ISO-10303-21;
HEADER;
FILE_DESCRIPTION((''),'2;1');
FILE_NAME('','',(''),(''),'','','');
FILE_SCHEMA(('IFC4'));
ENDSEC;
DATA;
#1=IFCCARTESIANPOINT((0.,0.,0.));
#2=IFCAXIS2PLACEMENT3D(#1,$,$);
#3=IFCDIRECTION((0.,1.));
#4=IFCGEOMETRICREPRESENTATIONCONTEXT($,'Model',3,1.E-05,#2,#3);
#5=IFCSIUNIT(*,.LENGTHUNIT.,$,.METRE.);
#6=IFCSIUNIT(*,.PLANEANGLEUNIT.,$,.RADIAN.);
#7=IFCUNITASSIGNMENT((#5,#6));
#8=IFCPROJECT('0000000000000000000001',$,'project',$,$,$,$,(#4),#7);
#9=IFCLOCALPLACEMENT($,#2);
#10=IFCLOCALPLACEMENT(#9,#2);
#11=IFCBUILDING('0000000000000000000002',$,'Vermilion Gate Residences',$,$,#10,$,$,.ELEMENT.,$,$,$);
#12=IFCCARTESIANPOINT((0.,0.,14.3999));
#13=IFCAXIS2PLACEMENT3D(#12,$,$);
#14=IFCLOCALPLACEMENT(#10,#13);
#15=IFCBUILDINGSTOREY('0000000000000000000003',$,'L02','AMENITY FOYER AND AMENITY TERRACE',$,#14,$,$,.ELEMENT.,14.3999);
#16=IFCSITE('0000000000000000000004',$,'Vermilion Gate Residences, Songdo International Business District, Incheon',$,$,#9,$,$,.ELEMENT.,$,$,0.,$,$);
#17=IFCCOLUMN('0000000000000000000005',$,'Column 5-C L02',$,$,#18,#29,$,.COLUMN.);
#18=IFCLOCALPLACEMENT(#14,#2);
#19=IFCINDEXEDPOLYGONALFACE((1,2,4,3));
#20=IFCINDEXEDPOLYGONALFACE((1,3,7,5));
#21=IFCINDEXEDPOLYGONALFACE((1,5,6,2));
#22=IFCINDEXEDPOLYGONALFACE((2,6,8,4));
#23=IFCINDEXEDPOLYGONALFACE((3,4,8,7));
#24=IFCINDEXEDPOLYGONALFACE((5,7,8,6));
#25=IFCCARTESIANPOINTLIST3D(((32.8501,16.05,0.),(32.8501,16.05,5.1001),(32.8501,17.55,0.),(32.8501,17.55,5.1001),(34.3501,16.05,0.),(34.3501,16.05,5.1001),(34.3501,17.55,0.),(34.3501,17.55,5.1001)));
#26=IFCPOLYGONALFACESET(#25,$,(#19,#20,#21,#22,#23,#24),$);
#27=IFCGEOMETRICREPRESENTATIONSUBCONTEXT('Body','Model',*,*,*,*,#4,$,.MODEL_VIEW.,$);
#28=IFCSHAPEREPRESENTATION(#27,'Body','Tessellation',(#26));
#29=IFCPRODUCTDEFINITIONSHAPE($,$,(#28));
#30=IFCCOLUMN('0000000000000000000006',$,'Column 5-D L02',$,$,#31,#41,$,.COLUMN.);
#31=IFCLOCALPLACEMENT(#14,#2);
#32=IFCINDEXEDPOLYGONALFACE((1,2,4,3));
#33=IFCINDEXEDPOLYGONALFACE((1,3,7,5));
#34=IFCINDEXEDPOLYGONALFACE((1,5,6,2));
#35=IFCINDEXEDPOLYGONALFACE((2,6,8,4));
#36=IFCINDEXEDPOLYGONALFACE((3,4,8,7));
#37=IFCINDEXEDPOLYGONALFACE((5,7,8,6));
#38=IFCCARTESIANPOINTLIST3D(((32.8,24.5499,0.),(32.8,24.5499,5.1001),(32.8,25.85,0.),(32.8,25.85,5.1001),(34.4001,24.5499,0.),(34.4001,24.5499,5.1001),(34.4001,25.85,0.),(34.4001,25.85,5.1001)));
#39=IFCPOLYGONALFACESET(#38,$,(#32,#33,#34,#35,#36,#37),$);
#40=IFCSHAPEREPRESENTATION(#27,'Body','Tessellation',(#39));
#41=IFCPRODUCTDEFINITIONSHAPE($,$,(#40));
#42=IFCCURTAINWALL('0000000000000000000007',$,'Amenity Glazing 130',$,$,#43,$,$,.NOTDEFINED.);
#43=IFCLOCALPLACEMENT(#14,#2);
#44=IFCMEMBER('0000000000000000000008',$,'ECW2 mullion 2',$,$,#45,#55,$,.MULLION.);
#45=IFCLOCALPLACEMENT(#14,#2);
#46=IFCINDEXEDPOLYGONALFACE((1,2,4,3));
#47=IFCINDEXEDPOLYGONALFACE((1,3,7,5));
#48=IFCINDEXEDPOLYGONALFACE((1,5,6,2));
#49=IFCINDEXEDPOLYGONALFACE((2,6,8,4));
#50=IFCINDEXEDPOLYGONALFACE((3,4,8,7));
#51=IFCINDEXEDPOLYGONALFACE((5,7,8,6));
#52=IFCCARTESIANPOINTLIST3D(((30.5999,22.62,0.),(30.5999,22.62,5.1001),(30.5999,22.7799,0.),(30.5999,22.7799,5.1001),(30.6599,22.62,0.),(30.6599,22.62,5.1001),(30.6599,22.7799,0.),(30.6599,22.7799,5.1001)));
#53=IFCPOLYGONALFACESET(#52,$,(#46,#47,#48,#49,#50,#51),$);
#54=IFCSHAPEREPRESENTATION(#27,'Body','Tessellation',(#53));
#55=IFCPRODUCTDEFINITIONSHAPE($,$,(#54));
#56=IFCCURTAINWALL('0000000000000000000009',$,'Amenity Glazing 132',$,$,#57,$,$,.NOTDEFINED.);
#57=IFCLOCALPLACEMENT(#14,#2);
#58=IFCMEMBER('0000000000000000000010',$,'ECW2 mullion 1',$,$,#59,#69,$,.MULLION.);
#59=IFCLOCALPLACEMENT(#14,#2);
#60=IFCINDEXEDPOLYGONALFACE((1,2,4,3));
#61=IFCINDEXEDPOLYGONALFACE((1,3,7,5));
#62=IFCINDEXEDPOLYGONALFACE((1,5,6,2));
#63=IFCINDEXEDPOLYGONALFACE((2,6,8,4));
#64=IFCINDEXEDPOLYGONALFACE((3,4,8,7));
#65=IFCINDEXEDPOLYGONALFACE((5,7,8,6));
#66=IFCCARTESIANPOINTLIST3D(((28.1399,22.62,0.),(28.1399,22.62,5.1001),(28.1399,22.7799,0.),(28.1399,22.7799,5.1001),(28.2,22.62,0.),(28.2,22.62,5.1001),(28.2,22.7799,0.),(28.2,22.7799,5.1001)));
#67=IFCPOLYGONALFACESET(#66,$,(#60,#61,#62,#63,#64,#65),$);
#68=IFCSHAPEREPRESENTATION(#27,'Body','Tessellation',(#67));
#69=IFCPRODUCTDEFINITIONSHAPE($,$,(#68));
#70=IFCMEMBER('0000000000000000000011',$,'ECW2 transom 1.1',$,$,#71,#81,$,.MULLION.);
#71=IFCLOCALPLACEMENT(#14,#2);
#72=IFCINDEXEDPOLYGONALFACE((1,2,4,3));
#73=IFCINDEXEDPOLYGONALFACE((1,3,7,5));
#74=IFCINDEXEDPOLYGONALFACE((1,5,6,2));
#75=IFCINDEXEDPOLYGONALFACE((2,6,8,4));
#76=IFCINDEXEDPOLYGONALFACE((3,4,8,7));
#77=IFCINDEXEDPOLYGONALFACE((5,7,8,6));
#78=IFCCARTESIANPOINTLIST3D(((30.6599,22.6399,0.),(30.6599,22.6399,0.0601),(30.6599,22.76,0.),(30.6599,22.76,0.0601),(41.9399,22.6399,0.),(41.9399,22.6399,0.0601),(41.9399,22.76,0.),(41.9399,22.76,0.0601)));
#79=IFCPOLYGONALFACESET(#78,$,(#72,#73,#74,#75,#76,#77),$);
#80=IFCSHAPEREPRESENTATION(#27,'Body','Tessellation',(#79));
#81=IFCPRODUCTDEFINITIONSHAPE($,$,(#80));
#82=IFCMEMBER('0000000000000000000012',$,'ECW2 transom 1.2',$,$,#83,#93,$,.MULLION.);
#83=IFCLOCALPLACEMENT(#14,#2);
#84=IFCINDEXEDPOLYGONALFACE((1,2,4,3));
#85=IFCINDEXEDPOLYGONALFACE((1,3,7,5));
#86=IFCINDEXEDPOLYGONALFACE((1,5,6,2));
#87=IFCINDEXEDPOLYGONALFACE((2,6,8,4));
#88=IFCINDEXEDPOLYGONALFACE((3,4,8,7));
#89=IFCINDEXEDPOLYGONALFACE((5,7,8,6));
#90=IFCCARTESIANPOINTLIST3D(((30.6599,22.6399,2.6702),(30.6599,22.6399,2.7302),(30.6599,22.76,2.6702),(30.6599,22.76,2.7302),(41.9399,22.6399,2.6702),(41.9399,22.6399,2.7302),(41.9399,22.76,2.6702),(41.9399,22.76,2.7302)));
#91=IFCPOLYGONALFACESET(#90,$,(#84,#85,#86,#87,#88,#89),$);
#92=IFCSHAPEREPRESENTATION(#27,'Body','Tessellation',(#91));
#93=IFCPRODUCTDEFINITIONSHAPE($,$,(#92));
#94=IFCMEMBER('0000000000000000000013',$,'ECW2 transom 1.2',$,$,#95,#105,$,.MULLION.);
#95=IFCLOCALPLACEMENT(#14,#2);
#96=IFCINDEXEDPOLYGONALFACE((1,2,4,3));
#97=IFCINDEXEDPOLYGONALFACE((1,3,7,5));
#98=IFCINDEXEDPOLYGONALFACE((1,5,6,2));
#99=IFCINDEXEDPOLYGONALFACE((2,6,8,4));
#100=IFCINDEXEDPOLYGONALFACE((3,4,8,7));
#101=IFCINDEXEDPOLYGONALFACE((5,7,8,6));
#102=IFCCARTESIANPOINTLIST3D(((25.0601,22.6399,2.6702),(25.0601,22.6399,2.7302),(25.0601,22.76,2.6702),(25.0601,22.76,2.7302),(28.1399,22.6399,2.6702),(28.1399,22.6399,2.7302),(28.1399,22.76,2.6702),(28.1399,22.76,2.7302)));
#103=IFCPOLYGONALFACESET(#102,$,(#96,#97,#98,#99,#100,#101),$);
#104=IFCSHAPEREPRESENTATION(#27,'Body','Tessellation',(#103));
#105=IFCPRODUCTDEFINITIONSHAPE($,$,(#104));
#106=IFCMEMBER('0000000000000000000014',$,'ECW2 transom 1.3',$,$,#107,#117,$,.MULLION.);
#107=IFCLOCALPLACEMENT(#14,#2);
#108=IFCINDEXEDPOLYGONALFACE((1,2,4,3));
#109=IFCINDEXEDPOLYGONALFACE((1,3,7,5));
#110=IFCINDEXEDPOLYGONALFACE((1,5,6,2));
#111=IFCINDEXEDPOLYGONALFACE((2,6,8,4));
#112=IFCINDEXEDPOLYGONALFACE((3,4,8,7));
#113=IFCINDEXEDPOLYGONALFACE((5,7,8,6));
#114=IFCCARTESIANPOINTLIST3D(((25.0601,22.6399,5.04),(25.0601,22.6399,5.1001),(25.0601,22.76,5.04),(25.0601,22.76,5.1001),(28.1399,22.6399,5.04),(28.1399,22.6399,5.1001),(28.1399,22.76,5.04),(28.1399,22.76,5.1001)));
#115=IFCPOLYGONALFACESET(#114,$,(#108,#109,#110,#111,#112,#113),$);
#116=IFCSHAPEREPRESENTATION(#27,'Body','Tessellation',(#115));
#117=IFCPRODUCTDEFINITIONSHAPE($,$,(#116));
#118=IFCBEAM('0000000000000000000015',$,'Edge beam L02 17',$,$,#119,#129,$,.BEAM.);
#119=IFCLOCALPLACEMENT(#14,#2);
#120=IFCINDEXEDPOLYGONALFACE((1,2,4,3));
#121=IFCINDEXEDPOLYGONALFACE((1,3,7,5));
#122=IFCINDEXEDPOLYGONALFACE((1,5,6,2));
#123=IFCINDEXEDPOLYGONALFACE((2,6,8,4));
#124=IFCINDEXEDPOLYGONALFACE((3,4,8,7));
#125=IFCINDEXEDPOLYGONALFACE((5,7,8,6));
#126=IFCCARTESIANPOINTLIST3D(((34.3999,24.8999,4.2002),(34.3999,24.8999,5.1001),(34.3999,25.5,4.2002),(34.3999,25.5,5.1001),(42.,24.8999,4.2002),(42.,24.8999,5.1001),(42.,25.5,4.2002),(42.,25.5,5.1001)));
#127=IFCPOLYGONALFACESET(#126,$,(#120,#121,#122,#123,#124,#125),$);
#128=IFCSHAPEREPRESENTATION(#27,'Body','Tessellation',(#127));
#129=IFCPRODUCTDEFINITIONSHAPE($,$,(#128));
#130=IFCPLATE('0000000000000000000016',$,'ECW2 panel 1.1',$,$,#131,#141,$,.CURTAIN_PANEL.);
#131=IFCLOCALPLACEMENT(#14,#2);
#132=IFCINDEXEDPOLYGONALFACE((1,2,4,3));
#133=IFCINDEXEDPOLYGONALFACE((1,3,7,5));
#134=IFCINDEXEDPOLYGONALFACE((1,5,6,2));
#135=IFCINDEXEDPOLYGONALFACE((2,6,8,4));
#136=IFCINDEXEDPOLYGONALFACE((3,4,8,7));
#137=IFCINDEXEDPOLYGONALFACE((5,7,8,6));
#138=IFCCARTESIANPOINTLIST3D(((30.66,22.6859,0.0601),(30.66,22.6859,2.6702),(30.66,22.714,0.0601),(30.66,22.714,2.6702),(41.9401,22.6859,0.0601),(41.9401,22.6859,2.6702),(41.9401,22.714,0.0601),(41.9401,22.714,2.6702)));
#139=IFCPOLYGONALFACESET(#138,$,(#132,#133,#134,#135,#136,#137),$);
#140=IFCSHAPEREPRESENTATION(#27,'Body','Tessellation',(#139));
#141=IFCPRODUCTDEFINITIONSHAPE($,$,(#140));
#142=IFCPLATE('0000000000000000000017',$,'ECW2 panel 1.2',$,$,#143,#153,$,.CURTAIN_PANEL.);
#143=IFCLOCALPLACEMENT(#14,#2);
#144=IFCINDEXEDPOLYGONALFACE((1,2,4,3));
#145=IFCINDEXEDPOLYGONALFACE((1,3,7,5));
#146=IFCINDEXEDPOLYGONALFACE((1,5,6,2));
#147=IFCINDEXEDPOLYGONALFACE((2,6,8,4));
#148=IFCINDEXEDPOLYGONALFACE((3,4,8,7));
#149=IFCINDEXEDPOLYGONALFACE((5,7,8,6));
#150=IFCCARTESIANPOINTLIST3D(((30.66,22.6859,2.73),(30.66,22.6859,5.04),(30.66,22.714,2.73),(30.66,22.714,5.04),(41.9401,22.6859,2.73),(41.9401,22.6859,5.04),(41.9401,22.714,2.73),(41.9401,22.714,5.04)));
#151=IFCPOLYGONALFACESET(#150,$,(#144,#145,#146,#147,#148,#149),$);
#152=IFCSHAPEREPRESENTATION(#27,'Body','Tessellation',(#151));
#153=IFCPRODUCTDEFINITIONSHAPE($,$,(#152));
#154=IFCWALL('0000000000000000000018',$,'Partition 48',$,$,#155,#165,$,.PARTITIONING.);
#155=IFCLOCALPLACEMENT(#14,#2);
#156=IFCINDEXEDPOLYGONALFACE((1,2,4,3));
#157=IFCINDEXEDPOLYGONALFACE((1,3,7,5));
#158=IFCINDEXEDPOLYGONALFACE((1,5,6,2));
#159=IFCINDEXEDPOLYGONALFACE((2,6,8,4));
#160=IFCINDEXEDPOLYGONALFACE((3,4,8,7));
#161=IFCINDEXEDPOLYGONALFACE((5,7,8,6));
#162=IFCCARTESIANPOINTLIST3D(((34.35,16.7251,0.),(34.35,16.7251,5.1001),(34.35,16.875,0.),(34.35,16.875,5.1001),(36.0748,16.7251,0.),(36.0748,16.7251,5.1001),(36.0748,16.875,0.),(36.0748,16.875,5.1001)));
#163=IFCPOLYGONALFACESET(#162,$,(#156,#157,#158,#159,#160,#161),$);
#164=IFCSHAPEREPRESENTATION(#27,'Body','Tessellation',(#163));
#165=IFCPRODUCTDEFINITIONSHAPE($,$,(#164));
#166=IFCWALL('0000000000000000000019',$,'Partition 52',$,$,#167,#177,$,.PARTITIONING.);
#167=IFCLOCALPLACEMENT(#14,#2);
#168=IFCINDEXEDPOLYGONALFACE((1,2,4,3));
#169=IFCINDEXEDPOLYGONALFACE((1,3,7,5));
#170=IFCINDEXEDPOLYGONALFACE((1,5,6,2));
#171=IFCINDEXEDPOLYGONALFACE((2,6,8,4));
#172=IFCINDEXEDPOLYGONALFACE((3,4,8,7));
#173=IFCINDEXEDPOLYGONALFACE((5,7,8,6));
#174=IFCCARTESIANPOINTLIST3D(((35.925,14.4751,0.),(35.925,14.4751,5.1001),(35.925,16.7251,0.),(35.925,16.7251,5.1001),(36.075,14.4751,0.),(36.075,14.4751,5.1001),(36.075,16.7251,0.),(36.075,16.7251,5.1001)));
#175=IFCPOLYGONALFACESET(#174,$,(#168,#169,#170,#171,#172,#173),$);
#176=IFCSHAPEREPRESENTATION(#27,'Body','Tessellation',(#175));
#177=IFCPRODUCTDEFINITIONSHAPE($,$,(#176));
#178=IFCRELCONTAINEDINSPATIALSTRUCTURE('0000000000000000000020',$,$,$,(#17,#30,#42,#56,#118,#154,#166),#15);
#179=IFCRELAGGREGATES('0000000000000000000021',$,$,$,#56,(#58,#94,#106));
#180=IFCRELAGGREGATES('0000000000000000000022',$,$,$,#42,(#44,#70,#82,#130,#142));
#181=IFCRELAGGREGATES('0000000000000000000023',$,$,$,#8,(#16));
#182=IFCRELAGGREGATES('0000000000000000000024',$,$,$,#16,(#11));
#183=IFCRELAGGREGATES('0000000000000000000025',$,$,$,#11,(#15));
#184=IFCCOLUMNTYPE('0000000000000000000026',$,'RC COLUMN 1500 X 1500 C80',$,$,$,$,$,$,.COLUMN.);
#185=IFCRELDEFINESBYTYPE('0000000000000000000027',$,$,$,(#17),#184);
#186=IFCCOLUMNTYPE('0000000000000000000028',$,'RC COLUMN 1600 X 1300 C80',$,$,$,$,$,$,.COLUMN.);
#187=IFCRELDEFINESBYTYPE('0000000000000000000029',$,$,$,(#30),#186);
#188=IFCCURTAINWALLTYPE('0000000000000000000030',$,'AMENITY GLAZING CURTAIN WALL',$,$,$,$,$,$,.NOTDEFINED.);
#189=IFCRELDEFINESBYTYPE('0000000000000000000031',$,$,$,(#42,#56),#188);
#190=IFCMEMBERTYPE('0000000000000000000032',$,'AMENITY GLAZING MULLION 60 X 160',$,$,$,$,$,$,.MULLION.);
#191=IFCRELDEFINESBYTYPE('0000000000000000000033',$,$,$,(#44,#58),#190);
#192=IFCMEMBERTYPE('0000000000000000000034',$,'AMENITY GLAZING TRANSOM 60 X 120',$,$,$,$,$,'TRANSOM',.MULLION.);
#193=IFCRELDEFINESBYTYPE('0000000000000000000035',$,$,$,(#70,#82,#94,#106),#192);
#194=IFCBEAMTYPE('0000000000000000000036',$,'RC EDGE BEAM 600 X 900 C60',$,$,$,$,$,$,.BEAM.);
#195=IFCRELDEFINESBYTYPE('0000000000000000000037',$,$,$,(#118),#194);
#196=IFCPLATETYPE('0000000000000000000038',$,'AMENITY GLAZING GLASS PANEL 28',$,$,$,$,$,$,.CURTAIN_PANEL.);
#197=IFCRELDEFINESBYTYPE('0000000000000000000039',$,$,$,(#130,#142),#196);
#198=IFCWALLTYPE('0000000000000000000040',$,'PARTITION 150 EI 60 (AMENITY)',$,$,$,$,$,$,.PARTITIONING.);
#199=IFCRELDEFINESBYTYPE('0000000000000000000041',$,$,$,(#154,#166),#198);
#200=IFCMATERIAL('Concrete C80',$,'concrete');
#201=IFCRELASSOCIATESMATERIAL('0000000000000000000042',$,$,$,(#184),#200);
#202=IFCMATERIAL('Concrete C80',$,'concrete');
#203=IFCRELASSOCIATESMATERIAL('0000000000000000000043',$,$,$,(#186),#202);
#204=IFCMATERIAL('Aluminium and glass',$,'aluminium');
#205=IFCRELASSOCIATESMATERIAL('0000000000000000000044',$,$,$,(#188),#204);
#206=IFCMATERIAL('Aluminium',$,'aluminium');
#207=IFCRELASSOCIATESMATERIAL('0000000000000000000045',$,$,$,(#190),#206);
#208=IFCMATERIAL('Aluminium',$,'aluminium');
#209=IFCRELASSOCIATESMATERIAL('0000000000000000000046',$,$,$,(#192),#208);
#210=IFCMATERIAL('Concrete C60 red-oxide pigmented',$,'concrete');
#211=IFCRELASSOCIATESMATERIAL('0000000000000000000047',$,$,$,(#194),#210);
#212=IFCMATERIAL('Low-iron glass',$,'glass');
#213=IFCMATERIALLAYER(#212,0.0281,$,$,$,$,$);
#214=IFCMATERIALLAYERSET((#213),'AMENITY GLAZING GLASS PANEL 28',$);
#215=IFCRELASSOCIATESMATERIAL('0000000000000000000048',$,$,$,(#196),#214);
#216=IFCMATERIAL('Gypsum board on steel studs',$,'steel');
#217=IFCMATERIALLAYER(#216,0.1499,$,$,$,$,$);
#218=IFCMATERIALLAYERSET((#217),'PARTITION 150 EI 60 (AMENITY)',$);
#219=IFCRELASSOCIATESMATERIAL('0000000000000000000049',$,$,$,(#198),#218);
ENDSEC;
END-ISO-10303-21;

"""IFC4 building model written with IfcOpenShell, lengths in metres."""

from ifc_helpers import new_model, si_unit, direction, frame, frame_2d, origin, origin_2d, place, context, subcontext, project, spatial, rectangle, extrude, material, layer, layer_set, material_profile, profile_set, type_object, element, aggregate, save


model = new_model("IFC4")

# Units and contexts
model_context = context("Model", 3, precision=1e-05, world=origin(), true_north=direction((0.0, 1.0)))
body_context = subcontext(model_context, "Body", "Model", "MODEL_VIEW")
ifc_project = project(units=[si_unit("LENGTHUNIT", "METRE"), si_unit("PLANEANGLEUNIT", "RADIAN")], contexts=[model_context])

# Site, building, storey
site_placement = place(None, origin())
site = spatial("IfcSite", under=ifc_project, at=site_placement, Name="Vermilion Gate Residences, Songdo International Business District, Incheon", CompositionType="ELEMENT", RefElevation=0.0)
building_placement = place(site_placement, origin())
building = spatial("IfcBuilding", under=site, at=building_placement, Name="Vermilion Gate Residences", CompositionType="ELEMENT")
storey_placement = place(building_placement, frame((0.0, 0.0, 14.3999)))
storey = spatial("IfcBuildingStorey", under=building, at=storey_placement, Name="L02", Description="AMENITY FOYER AND AMENITY TERRACE", CompositionType="ELEMENT", Elevation=14.3999)

# Columns
ifc_material_1 = material(Name="Concrete C80", Category="concrete")
ifc_material_profile_1 = material_profile(ifc_material_1, rectangle(XDim=1.5, YDim=1.5, at=origin_2d()), Name="RC-1500x1500")
ifc_profile_set_1 = profile_set([ifc_material_profile_1], Name="Concrete C80")
column_type_1 = type_object("IfcColumnType", Name="RC COLUMN 1500 X 1500 C80", PredefinedType="COLUMN", material=ifc_profile_set_1)
column_1_placement = place(storey_placement, frame((33.6001, 16.8, 0.0), z_axis=(0.0, 0.0, 1.0), x_axis=(1.0, 0.0, 0.0)))
element("IfcColumn", 1, at=column_1_placement, inside=storey, type_object=column_type_1, Name="Column 5-C L02", PredefinedType="COLUMN", context=body_context, shape_type="SweptSolid", body=[
    extrude(rectangle(XDim=1.5, YDim=1.5, at=origin_2d()), origin(), (0.0, 0.0, 1.0), 5.1001),
])
ifc_material_2 = material(Name="Concrete C80", Category="concrete")
ifc_material_profile_2 = material_profile(ifc_material_2, rectangle(XDim=1.6001, YDim=1.3, at=origin_2d()), Name="RC-1600x1300")
ifc_profile_set_2 = profile_set([ifc_material_profile_2], Name="Concrete C80")
column_type_2 = type_object("IfcColumnType", Name="RC COLUMN 1600 X 1300 C80", PredefinedType="COLUMN", material=ifc_profile_set_2)
column_2_placement = place(storey_placement, frame((33.6001, 25.2, 0.0), z_axis=(0.0, 0.0, 1.0), x_axis=(1.0, 0.0, 0.0)))
element("IfcColumn", 2, at=column_2_placement, inside=storey, type_object=column_type_2, Name="Column 5-D L02", PredefinedType="COLUMN", context=body_context, shape_type="SweptSolid", body=[
    extrude(rectangle(XDim=1.6001, YDim=1.3, at=origin_2d()), origin(), (0.0, 0.0, 1.0), 5.1001),
])

# Curtain walls, members
ifc_material_3 = material(Name="Aluminium and glass", Category="aluminium")
curtain_wall_type = type_object("IfcCurtainWallType", Name="AMENITY GLAZING CURTAIN WALL", PredefinedType="NOTDEFINED", material=ifc_material_3)
curtain_wall_1_placement = place(storey_placement, origin())
curtain_wall_1 = element("IfcCurtainWall", 3, at=curtain_wall_1_placement, inside=storey, type_object=curtain_wall_type, Name="Amenity Glazing 130", PredefinedType="NOTDEFINED")
ifc_material_4 = material(Name="Aluminium", Category="aluminium")
ifc_material_profile_3 = material_profile(ifc_material_4, rectangle(XDim=0.1599, YDim=0.0601, at=origin_2d()), Name="MULLION 60 X 160")
ifc_profile_set_3 = profile_set([ifc_material_profile_3], Name="Aluminium")
member_type_1 = type_object("IfcMemberType", Name="AMENITY GLAZING MULLION 60 X 160", PredefinedType="MULLION", material=ifc_profile_set_3)
member_1_placement = place(storey_placement, frame((30.6299, 22.7, 0.0), z_axis=(0.0, 0.0, 1.0), x_axis=(0.0, -1.0, 0.0)))
member_1 = element("IfcMember", 4, at=member_1_placement, type_object=member_type_1, Name="ECW2 mullion 2", PredefinedType="MULLION", context=body_context, shape_type="SweptSolid", body=[
    extrude(rectangle(XDim=0.1599, YDim=0.0601, at=origin_2d()), origin(), (0.0, 0.0, 1.0), 5.1001),
])
curtain_wall_2_placement = place(storey_placement, origin())
curtain_wall_2 = element("IfcCurtainWall", 5, at=curtain_wall_2_placement, inside=storey, type_object=curtain_wall_type, Name="Amenity Glazing 132", PredefinedType="NOTDEFINED")
member_2_placement = place(storey_placement, frame((28.1699, 22.7, 0.0), z_axis=(0.0, 0.0, 1.0), x_axis=(0.0, -1.0, 0.0)))
member_2 = element("IfcMember", 6, at=member_2_placement, type_object=member_type_1, Name="ECW2 mullion 1", PredefinedType="MULLION", context=body_context, shape_type="SweptSolid", body=[
    extrude(rectangle(XDim=0.1599, YDim=0.0601, at=origin_2d()), origin(), (0.0, 0.0, 1.0), 5.1001),
])

# Members
ifc_material_5 = material(Name="Aluminium", Category="aluminium")
ifc_material_profile_4 = material_profile(ifc_material_5, rectangle(XDim=0.1201, YDim=0.0601, at=origin_2d()), Name="TRANSOM 60 X 120")
ifc_profile_set_4 = profile_set([ifc_material_profile_4], Name="Aluminium")
member_type_2 = type_object("IfcMemberType", Name="AMENITY GLAZING TRANSOM 60 X 120", ElementType="TRANSOM", PredefinedType="MULLION", material=ifc_profile_set_4)
member_3_placement = place(storey_placement, frame((41.9399, 22.7, 0.03), z_axis=(-1.0, 0.0, 0.0), x_axis=(0.0, -1.0, 0.0)))
member_3 = element("IfcMember", 7, at=member_3_placement, type_object=member_type_2, Name="ECW2 transom 1.1", PredefinedType="MULLION", context=body_context, shape_type="SweptSolid", body=[
    extrude(rectangle(XDim=0.1201, YDim=0.0601, at=origin_2d()), origin(), (0.0, 0.0, 1.0), 11.28),
])
member_4_placement = place(storey_placement, frame((41.9399, 22.7, 2.7002), z_axis=(-1.0, 0.0, 0.0), x_axis=(0.0, -1.0, 0.0)))
member_4 = element("IfcMember", 8, at=member_4_placement, type_object=member_type_2, Name="ECW2 transom 1.2", PredefinedType="MULLION", context=body_context, shape_type="SweptSolid", body=[
    extrude(rectangle(XDim=0.1201, YDim=0.0601, at=origin_2d()), origin(), (0.0, 0.0, 1.0), 11.28),
])
member_5_placement = place(storey_placement, frame((28.1399, 22.7, 2.7002), z_axis=(-1.0, 0.0, 0.0), x_axis=(0.0, -1.0, 0.0)))
member_5 = element("IfcMember", 9, at=member_5_placement, type_object=member_type_2, Name="ECW2 transom 1.2", PredefinedType="MULLION", context=body_context, shape_type="SweptSolid", body=[
    extrude(rectangle(XDim=0.1201, YDim=0.0601, at=origin_2d()), origin(), (0.0, 0.0, 1.0), 3.0798),
])
member_6_placement = place(storey_placement, frame((28.1399, 22.7, 5.0701), z_axis=(-1.0, 0.0, 0.0), x_axis=(0.0, -1.0, 0.0)))
member_6 = element("IfcMember", 10, at=member_6_placement, type_object=member_type_2, Name="ECW2 transom 1.3", PredefinedType="MULLION", context=body_context, shape_type="SweptSolid", body=[
    extrude(rectangle(XDim=0.1201, YDim=0.0601, at=origin_2d()), origin(), (0.0, 0.0, 1.0), 3.0798),
])
aggregate(curtain_wall_2, [member_2, member_5, member_6])

# Beam
ifc_material_6 = material(Name="Concrete C60 red-oxide pigmented", Category="concrete")
ifc_material_profile_5 = material_profile(ifc_material_6, rectangle(XDim=0.6001, YDim=0.8999, at=origin_2d()), Name="RC-600x900")
ifc_profile_set_5 = profile_set([ifc_material_profile_5], Name="Concrete C60 red-oxide pigmented")
beam_type = type_object("IfcBeamType", Name="RC EDGE BEAM 600 X 900 C60", PredefinedType="BEAM", material=ifc_profile_set_5)
beam_placement = place(storey_placement, frame((34.3999, 25.2, 4.6501), z_axis=(1.0, 0.0, 0.0), x_axis=(0.0, 1.0, 0.0)))
element("IfcBeam", 11, at=beam_placement, inside=storey, type_object=beam_type, Name="Edge beam L02 17", PredefinedType="BEAM", context=body_context, shape_type="SweptSolid", body=[
    extrude(rectangle(XDim=0.6001, YDim=0.8999, at=origin_2d()), origin(), (0.0, 0.0, 1.0), 7.6001),
])

# Plates
ifc_material_7 = material(Name="Low-iron glass", Category="glass")
ifc_layer_1 = layer(ifc_material_7, 0.0281)
ifc_layer_set_1 = layer_set([ifc_layer_1], Name="AMENITY GLAZING GLASS PANEL 28")
plate_type = type_object("IfcPlateType", Name="AMENITY GLAZING GLASS PANEL 28", PredefinedType="CURTAIN_PANEL", material=ifc_layer_set_1)
plate_1_placement = place(storey_placement, frame((36.3, 22.7, 0.0601), z_axis=(0.0, 0.0, 1.0), x_axis=(-1.0, 0.0, 0.0)))
plate_1 = element("IfcPlate", 12, at=plate_1_placement, type_object=plate_type, Name="ECW2 panel 1.1", PredefinedType="CURTAIN_PANEL", context=body_context, shape_type="SweptSolid", body=[
    extrude(rectangle(XDim=11.28, YDim=0.0281, at=origin_2d()), origin(), (0.0, 0.0, 1.0), 2.6101),
])
plate_2_placement = place(storey_placement, frame((36.3, 22.7, 2.73), z_axis=(0.0, 0.0, 1.0), x_axis=(-1.0, 0.0, 0.0)))
plate_2 = element("IfcPlate", 13, at=plate_2_placement, type_object=plate_type, Name="ECW2 panel 1.2", PredefinedType="CURTAIN_PANEL", context=body_context, shape_type="SweptSolid", body=[
    extrude(rectangle(XDim=11.28, YDim=0.0281, at=origin_2d()), origin(), (0.0, 0.0, 1.0), 2.3101),
])
aggregate(curtain_wall_1, [member_1, member_3, member_4, plate_1, plate_2])

# Walls
ifc_material_8 = material(Name="Gypsum board on steel studs", Category="steel")
ifc_layer_2 = layer(ifc_material_8, 0.1499)
ifc_layer_set_2 = layer_set([ifc_layer_2], Name="PARTITION 150 EI 60 (AMENITY)")
wall_type_1 = type_object("IfcWallType", Name="PARTITION 150 EI 60 (AMENITY)", PredefinedType="PARTITIONING", material=ifc_layer_set_2)
wall_1_placement = place(storey_placement, frame((34.3501, 16.8, 0.0), z_axis=(0.0, 0.0, 1.0), x_axis=(1.0, 0.0, 0.0)))
element("IfcWall", 14, at=wall_1_placement, inside=storey, type_object=wall_type_1, Name="Partition 48", PredefinedType="PARTITIONING", context=body_context, shape_type="SweptSolid", body=[
    extrude(rectangle(XDim=1.7249, YDim=0.1499, at=frame_2d((0.8623, 0.0))), origin(), (0.0, 0.0, 1.0), 5.1001),
])
wall_2_placement = place(storey_placement, frame((36.0, 14.4751, 0.0), z_axis=(0.0, 0.0, 1.0), x_axis=(0.0, 1.0, 0.0)))
element("IfcWall", 15, at=wall_2_placement, inside=storey, type_object=wall_type_1, Name="Partition 52", PredefinedType="PARTITIONING", context=body_context, shape_type="SweptSolid", body=[
    extrude(rectangle(XDim=2.25, YDim=0.1499, at=frame_2d((1.125, 0.0))), origin(), (0.0, 0.0, 1.0), 5.1001),
])

save(model, "model.ifc")
